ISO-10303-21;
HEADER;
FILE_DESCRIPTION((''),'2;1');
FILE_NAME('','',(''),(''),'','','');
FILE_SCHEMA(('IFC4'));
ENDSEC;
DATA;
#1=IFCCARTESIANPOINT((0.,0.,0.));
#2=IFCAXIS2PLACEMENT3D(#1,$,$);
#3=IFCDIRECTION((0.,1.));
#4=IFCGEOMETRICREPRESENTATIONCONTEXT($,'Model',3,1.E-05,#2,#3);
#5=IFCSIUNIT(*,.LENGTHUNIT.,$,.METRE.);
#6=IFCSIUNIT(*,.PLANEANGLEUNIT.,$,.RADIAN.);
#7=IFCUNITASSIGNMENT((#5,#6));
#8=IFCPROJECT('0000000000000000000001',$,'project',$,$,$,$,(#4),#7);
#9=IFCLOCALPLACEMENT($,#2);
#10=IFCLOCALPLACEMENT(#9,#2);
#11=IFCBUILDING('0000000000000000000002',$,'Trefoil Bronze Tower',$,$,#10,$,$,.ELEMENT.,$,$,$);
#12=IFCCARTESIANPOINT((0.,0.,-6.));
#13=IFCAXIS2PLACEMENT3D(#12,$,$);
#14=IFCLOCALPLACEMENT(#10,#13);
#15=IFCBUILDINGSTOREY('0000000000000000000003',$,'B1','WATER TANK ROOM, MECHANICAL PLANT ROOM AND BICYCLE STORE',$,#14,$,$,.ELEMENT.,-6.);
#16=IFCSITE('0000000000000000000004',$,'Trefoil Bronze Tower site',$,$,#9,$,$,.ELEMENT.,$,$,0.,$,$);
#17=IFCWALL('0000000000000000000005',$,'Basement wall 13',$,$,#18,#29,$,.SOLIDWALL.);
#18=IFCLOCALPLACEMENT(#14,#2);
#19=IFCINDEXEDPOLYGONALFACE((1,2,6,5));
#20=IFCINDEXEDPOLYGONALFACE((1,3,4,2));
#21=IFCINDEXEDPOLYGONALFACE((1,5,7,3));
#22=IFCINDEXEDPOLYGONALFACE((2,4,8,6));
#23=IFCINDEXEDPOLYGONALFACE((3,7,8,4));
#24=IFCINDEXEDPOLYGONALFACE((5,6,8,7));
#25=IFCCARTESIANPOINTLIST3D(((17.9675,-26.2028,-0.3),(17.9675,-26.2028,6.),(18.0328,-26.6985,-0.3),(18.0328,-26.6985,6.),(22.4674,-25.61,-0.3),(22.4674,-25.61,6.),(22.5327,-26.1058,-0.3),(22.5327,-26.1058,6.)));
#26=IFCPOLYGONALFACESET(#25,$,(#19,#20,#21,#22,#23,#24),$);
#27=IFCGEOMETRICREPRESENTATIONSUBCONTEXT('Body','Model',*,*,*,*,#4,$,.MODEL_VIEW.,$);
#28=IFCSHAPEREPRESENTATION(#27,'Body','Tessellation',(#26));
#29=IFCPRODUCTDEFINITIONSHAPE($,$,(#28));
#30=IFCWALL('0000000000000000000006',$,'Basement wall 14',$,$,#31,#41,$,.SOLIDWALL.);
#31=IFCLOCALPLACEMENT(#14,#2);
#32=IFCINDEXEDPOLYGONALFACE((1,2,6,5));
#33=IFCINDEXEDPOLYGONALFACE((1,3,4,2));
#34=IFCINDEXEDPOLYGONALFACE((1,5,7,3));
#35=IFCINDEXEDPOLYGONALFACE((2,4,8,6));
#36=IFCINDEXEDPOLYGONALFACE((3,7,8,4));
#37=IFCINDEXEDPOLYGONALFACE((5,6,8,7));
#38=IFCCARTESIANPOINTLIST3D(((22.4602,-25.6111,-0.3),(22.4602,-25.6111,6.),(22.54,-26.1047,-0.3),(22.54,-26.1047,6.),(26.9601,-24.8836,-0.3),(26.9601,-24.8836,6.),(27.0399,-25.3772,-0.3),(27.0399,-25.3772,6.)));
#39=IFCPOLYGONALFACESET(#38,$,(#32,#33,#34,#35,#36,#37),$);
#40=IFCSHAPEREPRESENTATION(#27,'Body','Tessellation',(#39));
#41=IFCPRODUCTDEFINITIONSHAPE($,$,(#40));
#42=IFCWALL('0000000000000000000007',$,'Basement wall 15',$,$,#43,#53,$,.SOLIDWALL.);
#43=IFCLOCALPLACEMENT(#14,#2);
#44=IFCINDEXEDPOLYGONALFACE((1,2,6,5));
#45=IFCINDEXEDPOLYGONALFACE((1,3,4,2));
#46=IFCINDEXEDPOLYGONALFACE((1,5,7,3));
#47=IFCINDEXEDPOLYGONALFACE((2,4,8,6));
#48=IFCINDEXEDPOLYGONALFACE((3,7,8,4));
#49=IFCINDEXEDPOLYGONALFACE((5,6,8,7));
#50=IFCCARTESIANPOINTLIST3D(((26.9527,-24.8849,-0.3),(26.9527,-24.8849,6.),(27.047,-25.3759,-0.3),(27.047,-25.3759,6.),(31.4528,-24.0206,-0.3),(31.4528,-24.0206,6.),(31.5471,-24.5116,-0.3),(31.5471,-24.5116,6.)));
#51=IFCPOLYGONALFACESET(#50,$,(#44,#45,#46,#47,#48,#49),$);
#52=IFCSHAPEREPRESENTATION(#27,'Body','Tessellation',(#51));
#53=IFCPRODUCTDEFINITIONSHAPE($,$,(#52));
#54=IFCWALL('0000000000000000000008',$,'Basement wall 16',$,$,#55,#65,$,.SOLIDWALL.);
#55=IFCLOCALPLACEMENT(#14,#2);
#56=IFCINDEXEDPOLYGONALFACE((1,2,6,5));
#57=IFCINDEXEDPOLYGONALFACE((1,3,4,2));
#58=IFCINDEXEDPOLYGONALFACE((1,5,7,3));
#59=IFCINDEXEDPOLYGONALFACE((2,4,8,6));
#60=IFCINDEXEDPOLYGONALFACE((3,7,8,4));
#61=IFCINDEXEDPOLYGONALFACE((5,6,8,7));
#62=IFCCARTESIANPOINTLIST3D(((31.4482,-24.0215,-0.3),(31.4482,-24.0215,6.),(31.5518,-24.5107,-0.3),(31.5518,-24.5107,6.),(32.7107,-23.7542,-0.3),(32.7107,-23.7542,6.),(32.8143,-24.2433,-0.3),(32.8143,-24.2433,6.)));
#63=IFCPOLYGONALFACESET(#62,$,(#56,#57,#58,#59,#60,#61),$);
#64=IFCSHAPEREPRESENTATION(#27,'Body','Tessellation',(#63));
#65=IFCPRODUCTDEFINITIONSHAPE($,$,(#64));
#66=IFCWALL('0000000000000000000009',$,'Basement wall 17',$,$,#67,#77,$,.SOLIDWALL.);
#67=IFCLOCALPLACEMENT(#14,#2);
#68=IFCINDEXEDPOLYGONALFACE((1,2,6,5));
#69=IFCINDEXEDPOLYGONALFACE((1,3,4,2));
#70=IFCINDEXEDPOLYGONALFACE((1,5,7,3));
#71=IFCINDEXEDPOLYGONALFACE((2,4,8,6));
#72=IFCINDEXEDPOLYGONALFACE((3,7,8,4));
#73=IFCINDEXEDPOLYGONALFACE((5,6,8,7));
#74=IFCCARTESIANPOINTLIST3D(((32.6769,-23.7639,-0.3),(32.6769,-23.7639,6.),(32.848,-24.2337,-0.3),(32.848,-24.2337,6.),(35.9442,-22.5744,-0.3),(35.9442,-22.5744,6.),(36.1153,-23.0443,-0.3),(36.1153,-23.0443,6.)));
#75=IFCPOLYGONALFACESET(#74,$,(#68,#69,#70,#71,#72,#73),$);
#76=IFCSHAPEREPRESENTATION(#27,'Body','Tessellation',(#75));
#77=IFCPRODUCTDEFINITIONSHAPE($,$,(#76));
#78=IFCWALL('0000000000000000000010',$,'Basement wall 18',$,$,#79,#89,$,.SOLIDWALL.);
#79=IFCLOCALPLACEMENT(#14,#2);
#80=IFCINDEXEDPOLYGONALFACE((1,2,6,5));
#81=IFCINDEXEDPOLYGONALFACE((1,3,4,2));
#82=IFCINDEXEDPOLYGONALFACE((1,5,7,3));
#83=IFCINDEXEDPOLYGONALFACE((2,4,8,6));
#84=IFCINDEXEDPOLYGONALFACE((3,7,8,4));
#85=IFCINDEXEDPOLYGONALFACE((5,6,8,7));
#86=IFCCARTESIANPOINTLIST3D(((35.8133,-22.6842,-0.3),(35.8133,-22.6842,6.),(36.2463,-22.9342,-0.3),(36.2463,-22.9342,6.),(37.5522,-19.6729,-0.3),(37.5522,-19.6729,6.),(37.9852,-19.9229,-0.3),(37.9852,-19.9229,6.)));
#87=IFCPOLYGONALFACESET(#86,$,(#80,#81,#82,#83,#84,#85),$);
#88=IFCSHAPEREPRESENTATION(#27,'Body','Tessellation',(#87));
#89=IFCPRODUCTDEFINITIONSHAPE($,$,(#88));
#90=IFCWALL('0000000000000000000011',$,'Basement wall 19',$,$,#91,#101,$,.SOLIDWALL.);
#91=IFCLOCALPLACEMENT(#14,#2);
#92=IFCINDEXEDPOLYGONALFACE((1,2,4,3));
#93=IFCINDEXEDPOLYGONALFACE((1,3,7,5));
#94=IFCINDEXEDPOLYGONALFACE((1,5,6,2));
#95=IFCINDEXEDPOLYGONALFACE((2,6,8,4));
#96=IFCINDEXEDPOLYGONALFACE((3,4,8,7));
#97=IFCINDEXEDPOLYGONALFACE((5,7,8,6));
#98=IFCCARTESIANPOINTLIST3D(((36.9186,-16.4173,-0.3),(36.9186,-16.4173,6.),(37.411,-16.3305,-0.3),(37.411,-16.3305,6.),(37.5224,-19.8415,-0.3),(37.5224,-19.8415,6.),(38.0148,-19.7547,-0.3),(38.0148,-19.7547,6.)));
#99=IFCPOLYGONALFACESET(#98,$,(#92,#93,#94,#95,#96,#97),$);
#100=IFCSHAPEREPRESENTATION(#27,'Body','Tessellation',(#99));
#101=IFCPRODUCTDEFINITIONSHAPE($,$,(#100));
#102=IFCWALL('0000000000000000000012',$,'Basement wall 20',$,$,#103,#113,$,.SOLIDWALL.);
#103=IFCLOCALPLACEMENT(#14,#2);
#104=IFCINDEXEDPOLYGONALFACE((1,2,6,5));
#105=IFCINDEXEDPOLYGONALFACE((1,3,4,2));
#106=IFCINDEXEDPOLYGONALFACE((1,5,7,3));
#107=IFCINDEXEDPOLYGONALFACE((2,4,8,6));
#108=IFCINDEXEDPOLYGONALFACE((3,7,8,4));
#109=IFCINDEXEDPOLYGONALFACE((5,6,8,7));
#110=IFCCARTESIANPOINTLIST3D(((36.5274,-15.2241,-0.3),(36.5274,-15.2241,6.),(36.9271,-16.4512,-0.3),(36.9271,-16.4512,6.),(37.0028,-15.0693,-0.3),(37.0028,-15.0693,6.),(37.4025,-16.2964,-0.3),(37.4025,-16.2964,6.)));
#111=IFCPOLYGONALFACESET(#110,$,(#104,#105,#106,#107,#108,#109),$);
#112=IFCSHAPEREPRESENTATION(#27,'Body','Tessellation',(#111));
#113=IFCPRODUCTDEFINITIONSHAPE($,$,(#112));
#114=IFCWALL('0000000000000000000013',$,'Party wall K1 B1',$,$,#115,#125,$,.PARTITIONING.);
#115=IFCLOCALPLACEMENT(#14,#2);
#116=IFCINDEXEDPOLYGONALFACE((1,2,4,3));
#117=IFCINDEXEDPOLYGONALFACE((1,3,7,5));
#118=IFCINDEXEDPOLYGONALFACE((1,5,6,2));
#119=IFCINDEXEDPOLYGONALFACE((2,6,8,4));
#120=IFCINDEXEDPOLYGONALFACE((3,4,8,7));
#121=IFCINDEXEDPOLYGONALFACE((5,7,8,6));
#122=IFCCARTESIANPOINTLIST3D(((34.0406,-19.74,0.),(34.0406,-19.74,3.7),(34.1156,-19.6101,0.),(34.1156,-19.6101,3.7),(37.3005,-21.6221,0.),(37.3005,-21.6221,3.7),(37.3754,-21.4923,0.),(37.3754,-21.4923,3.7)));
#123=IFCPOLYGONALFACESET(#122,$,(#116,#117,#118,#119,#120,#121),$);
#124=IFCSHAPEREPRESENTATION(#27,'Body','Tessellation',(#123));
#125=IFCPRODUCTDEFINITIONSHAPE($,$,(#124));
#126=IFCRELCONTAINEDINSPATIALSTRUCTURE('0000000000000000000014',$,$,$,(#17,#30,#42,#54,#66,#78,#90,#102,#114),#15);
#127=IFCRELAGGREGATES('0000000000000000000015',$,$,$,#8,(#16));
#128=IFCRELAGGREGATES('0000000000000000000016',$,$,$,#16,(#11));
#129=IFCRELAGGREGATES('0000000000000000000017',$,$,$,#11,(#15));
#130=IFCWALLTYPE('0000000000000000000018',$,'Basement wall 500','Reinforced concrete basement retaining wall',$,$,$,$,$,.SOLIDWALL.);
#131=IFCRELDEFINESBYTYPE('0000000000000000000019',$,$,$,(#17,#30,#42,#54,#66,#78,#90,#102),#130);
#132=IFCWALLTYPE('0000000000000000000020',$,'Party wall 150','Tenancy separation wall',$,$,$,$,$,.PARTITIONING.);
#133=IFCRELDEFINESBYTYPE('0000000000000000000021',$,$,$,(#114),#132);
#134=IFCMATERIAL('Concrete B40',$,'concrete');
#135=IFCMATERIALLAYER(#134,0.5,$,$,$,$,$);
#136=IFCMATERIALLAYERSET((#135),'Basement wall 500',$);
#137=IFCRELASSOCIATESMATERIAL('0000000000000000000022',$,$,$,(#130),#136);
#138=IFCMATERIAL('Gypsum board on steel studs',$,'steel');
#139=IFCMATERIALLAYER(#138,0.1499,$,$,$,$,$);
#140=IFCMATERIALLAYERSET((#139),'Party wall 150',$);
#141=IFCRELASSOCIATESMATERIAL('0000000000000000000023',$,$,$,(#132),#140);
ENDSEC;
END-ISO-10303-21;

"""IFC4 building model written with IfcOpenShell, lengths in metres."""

from ifc_helpers import new_model, si_unit, direction, frame, frame_2d, origin, place, context, subcontext, project, spatial, rectangle, extrude, material, layer, layer_set, type_object, element, save


model = new_model("IFC4")

# Units and contexts
model_context = context("Model", 3, precision=1e-05, world=origin(), true_north=direction((0.0, 1.0)))
body_context = subcontext(model_context, "Body", "Model", "MODEL_VIEW")
ifc_project = project(units=[si_unit("LENGTHUNIT", "METRE"), si_unit("PLANEANGLEUNIT", "RADIAN")], contexts=[model_context])

# Site, building, storey
site_placement = place(None, origin())
site = spatial("IfcSite", under=ifc_project, at=site_placement, Name="Trefoil Bronze Tower site", CompositionType="ELEMENT", RefElevation=0.0)
building_placement = place(site_placement, origin())
building = spatial("IfcBuilding", under=site, at=building_placement, Name="Trefoil Bronze Tower", CompositionType="ELEMENT")
storey_placement = place(building_placement, frame((0.0, 0.0, -6.0)))
storey = spatial("IfcBuildingStorey", under=building, at=storey_placement, Name="B1", Description="WATER TANK ROOM, MECHANICAL PLANT ROOM AND BICYCLE STORE", CompositionType="ELEMENT", Elevation=-6.0)

# Walls
ifc_material_1 = material(Name="Concrete B40", Category="concrete")
ifc_layer_1 = layer(ifc_material_1, 0.5)
ifc_layer_set_1 = layer_set([ifc_layer_1], Name="Basement wall 500")
wall_type_1 = type_object("IfcWallType", Name="Basement wall 500", Description="Reinforced concrete basement retaining wall", PredefinedType="SOLIDWALL", material=ifc_layer_set_1)
wall_1_placement = place(storey_placement, frame((18.0, -26.4507, -0.3), z_axis=(0.0, 0.0, 1.0), x_axis=(0.991435, 0.130599, 0.0)))
element("IfcWall", 1, at=wall_1_placement, inside=storey, type_object=wall_type_1, Name="Basement wall 13", PredefinedType="SOLIDWALL", context=body_context, shape_type="SweptSolid", body=[
    extrude(rectangle(XDim=4.5388, YDim=0.5, at=frame_2d((2.2695, 0.0))), origin(), (0.0, 0.0, 1.0), 6.3),
])
wall_2_placement = place(storey_placement, frame((22.5, -25.8579, -0.3), z_axis=(0.0, 0.0, 1.0), x_axis=(0.987181, 0.159603, 0.0)))
element("IfcWall", 2, at=wall_2_placement, inside=storey, type_object=wall_type_1, Name="Basement wall 14", PredefinedType="SOLIDWALL", context=body_context, shape_type="SweptSolid", body=[
    extrude(rectangle(XDim=4.5583, YDim=0.5, at=frame_2d((2.2793, 0.0))), origin(), (0.0, 0.0, 1.0), 6.3),
])
wall_3_placement = place(storey_placement, frame((27.0, -25.1304, -0.3), z_axis=(0.0, 0.0, 1.0), x_axis=(0.982052, 0.18861, 0.0)))
element("IfcWall", 3, at=wall_3_placement, inside=storey, type_object=wall_type_1, Name="Basement wall 15", PredefinedType="SOLIDWALL", context=body_context, shape_type="SweptSolid", body=[
    extrude(rectangle(XDim=4.5823, YDim=0.5, at=frame_2d((2.291, 0.0))), origin(), (0.0, 0.0, 1.0), 6.3),
])
wall_4_placement = place(storey_placement, frame((31.5, -24.2661, -0.3), z_axis=(0.0, 0.0, 1.0), x_axis=(0.978306, 0.207164, 0.0)))
element("IfcWall", 4, at=wall_4_placement, inside=storey, type_object=wall_type_1, Name="Basement wall 16", PredefinedType="SOLIDWALL", context=body_context, shape_type="SweptSolid", body=[
    extrude(rectangle(XDim=1.2905, YDim=0.5, at=frame_2d((0.6453, 0.0))), origin(), (0.0, 0.0, 1.0), 6.3),
])
wall_5_placement = place(storey_placement, frame((32.7625, -23.9988, -0.3), z_axis=(0.0, 0.0, 1.0), x_axis=(0.93967, 0.342081, 0.0)))
element("IfcWall", 5, at=wall_5_placement, inside=storey, type_object=wall_type_1, Name="Basement wall 17", PredefinedType="SOLIDWALL", context=body_context, shape_type="SweptSolid", body=[
    extrude(rectangle(XDim=3.4771, YDim=0.5, at=frame_2d((1.7385, 0.0))), origin(), (0.0, 0.0, 1.0), 6.3),
])
wall_6_placement = place(storey_placement, frame((36.0298, -22.8093, -0.3), z_axis=(0.0, 0.0, 1.0), x_axis=(0.500051, 0.865996, 0.0)))
element("IfcWall", 6, at=wall_6_placement, inside=storey, type_object=wall_type_1, Name="Basement wall 18", PredefinedType="SOLIDWALL", context=body_context, shape_type="SweptSolid", body=[
    extrude(rectangle(XDim=3.4773, YDim=0.5, at=frame_2d((1.7388, 0.0))), origin(), (0.0, 0.0, 1.0), 6.3),
])
wall_7_placement = place(storey_placement, frame((37.7686, -19.7981, -0.3), z_axis=(0.0, 0.0, 1.0), x_axis=(-0.173637, 0.98481, 0.0)))
element("IfcWall", 7, at=wall_7_placement, inside=storey, type_object=wall_type_1, Name="Basement wall 19", PredefinedType="SOLIDWALL", context=body_context, shape_type="SweptSolid", body=[
    extrude(rectangle(XDim=3.4771, YDim=0.5, at=frame_2d((1.7385, 0.0))), origin(), (0.0, 0.0, 1.0), 6.3),
])
wall_8_placement = place(storey_placement, frame((37.1648, -16.3738, -0.3), z_axis=(0.0, 0.0, 1.0), x_axis=(-0.309693, 0.950836, 0.0)))
element("IfcWall", 8, at=wall_8_placement, inside=storey, type_object=wall_type_1, Name="Basement wall 20", PredefinedType="SOLIDWALL", context=body_context, shape_type="SweptSolid", body=[
    extrude(rectangle(XDim=1.2905, YDim=0.5, at=frame_2d((0.6453, 0.0))), origin(), (0.0, 0.0, 1.0), 6.3),
])
ifc_material_2 = material(Name="Gypsum board on steel studs", Category="steel")
ifc_layer_2 = layer(ifc_material_2, 0.1499)
ifc_layer_set_2 = layer_set([ifc_layer_2], Name="Party wall 150")
wall_type_2 = type_object("IfcWallType", Name="Party wall 150", Description="Tenancy separation wall", PredefinedType="PARTITIONING", material=ifc_layer_set_2)
wall_9_placement = place(storey_placement, frame((34.0781, -19.675, 0.0), z_axis=(0.0, 0.0, 1.0), x_axis=(0.866019, -0.500011, 0.0)))
element("IfcWall", 9, at=wall_9_placement, inside=storey, type_object=wall_type_2, Name="Party wall K1 B1", PredefinedType="PARTITIONING", context=body_context, shape_type="SweptSolid", body=[
    extrude(rectangle(XDim=3.7642, YDim=0.1499, at=frame_2d((1.8821, 0.0))), origin(), (0.0, 0.0, 1.0), 3.7),
])

save(model, "model.ifc")
